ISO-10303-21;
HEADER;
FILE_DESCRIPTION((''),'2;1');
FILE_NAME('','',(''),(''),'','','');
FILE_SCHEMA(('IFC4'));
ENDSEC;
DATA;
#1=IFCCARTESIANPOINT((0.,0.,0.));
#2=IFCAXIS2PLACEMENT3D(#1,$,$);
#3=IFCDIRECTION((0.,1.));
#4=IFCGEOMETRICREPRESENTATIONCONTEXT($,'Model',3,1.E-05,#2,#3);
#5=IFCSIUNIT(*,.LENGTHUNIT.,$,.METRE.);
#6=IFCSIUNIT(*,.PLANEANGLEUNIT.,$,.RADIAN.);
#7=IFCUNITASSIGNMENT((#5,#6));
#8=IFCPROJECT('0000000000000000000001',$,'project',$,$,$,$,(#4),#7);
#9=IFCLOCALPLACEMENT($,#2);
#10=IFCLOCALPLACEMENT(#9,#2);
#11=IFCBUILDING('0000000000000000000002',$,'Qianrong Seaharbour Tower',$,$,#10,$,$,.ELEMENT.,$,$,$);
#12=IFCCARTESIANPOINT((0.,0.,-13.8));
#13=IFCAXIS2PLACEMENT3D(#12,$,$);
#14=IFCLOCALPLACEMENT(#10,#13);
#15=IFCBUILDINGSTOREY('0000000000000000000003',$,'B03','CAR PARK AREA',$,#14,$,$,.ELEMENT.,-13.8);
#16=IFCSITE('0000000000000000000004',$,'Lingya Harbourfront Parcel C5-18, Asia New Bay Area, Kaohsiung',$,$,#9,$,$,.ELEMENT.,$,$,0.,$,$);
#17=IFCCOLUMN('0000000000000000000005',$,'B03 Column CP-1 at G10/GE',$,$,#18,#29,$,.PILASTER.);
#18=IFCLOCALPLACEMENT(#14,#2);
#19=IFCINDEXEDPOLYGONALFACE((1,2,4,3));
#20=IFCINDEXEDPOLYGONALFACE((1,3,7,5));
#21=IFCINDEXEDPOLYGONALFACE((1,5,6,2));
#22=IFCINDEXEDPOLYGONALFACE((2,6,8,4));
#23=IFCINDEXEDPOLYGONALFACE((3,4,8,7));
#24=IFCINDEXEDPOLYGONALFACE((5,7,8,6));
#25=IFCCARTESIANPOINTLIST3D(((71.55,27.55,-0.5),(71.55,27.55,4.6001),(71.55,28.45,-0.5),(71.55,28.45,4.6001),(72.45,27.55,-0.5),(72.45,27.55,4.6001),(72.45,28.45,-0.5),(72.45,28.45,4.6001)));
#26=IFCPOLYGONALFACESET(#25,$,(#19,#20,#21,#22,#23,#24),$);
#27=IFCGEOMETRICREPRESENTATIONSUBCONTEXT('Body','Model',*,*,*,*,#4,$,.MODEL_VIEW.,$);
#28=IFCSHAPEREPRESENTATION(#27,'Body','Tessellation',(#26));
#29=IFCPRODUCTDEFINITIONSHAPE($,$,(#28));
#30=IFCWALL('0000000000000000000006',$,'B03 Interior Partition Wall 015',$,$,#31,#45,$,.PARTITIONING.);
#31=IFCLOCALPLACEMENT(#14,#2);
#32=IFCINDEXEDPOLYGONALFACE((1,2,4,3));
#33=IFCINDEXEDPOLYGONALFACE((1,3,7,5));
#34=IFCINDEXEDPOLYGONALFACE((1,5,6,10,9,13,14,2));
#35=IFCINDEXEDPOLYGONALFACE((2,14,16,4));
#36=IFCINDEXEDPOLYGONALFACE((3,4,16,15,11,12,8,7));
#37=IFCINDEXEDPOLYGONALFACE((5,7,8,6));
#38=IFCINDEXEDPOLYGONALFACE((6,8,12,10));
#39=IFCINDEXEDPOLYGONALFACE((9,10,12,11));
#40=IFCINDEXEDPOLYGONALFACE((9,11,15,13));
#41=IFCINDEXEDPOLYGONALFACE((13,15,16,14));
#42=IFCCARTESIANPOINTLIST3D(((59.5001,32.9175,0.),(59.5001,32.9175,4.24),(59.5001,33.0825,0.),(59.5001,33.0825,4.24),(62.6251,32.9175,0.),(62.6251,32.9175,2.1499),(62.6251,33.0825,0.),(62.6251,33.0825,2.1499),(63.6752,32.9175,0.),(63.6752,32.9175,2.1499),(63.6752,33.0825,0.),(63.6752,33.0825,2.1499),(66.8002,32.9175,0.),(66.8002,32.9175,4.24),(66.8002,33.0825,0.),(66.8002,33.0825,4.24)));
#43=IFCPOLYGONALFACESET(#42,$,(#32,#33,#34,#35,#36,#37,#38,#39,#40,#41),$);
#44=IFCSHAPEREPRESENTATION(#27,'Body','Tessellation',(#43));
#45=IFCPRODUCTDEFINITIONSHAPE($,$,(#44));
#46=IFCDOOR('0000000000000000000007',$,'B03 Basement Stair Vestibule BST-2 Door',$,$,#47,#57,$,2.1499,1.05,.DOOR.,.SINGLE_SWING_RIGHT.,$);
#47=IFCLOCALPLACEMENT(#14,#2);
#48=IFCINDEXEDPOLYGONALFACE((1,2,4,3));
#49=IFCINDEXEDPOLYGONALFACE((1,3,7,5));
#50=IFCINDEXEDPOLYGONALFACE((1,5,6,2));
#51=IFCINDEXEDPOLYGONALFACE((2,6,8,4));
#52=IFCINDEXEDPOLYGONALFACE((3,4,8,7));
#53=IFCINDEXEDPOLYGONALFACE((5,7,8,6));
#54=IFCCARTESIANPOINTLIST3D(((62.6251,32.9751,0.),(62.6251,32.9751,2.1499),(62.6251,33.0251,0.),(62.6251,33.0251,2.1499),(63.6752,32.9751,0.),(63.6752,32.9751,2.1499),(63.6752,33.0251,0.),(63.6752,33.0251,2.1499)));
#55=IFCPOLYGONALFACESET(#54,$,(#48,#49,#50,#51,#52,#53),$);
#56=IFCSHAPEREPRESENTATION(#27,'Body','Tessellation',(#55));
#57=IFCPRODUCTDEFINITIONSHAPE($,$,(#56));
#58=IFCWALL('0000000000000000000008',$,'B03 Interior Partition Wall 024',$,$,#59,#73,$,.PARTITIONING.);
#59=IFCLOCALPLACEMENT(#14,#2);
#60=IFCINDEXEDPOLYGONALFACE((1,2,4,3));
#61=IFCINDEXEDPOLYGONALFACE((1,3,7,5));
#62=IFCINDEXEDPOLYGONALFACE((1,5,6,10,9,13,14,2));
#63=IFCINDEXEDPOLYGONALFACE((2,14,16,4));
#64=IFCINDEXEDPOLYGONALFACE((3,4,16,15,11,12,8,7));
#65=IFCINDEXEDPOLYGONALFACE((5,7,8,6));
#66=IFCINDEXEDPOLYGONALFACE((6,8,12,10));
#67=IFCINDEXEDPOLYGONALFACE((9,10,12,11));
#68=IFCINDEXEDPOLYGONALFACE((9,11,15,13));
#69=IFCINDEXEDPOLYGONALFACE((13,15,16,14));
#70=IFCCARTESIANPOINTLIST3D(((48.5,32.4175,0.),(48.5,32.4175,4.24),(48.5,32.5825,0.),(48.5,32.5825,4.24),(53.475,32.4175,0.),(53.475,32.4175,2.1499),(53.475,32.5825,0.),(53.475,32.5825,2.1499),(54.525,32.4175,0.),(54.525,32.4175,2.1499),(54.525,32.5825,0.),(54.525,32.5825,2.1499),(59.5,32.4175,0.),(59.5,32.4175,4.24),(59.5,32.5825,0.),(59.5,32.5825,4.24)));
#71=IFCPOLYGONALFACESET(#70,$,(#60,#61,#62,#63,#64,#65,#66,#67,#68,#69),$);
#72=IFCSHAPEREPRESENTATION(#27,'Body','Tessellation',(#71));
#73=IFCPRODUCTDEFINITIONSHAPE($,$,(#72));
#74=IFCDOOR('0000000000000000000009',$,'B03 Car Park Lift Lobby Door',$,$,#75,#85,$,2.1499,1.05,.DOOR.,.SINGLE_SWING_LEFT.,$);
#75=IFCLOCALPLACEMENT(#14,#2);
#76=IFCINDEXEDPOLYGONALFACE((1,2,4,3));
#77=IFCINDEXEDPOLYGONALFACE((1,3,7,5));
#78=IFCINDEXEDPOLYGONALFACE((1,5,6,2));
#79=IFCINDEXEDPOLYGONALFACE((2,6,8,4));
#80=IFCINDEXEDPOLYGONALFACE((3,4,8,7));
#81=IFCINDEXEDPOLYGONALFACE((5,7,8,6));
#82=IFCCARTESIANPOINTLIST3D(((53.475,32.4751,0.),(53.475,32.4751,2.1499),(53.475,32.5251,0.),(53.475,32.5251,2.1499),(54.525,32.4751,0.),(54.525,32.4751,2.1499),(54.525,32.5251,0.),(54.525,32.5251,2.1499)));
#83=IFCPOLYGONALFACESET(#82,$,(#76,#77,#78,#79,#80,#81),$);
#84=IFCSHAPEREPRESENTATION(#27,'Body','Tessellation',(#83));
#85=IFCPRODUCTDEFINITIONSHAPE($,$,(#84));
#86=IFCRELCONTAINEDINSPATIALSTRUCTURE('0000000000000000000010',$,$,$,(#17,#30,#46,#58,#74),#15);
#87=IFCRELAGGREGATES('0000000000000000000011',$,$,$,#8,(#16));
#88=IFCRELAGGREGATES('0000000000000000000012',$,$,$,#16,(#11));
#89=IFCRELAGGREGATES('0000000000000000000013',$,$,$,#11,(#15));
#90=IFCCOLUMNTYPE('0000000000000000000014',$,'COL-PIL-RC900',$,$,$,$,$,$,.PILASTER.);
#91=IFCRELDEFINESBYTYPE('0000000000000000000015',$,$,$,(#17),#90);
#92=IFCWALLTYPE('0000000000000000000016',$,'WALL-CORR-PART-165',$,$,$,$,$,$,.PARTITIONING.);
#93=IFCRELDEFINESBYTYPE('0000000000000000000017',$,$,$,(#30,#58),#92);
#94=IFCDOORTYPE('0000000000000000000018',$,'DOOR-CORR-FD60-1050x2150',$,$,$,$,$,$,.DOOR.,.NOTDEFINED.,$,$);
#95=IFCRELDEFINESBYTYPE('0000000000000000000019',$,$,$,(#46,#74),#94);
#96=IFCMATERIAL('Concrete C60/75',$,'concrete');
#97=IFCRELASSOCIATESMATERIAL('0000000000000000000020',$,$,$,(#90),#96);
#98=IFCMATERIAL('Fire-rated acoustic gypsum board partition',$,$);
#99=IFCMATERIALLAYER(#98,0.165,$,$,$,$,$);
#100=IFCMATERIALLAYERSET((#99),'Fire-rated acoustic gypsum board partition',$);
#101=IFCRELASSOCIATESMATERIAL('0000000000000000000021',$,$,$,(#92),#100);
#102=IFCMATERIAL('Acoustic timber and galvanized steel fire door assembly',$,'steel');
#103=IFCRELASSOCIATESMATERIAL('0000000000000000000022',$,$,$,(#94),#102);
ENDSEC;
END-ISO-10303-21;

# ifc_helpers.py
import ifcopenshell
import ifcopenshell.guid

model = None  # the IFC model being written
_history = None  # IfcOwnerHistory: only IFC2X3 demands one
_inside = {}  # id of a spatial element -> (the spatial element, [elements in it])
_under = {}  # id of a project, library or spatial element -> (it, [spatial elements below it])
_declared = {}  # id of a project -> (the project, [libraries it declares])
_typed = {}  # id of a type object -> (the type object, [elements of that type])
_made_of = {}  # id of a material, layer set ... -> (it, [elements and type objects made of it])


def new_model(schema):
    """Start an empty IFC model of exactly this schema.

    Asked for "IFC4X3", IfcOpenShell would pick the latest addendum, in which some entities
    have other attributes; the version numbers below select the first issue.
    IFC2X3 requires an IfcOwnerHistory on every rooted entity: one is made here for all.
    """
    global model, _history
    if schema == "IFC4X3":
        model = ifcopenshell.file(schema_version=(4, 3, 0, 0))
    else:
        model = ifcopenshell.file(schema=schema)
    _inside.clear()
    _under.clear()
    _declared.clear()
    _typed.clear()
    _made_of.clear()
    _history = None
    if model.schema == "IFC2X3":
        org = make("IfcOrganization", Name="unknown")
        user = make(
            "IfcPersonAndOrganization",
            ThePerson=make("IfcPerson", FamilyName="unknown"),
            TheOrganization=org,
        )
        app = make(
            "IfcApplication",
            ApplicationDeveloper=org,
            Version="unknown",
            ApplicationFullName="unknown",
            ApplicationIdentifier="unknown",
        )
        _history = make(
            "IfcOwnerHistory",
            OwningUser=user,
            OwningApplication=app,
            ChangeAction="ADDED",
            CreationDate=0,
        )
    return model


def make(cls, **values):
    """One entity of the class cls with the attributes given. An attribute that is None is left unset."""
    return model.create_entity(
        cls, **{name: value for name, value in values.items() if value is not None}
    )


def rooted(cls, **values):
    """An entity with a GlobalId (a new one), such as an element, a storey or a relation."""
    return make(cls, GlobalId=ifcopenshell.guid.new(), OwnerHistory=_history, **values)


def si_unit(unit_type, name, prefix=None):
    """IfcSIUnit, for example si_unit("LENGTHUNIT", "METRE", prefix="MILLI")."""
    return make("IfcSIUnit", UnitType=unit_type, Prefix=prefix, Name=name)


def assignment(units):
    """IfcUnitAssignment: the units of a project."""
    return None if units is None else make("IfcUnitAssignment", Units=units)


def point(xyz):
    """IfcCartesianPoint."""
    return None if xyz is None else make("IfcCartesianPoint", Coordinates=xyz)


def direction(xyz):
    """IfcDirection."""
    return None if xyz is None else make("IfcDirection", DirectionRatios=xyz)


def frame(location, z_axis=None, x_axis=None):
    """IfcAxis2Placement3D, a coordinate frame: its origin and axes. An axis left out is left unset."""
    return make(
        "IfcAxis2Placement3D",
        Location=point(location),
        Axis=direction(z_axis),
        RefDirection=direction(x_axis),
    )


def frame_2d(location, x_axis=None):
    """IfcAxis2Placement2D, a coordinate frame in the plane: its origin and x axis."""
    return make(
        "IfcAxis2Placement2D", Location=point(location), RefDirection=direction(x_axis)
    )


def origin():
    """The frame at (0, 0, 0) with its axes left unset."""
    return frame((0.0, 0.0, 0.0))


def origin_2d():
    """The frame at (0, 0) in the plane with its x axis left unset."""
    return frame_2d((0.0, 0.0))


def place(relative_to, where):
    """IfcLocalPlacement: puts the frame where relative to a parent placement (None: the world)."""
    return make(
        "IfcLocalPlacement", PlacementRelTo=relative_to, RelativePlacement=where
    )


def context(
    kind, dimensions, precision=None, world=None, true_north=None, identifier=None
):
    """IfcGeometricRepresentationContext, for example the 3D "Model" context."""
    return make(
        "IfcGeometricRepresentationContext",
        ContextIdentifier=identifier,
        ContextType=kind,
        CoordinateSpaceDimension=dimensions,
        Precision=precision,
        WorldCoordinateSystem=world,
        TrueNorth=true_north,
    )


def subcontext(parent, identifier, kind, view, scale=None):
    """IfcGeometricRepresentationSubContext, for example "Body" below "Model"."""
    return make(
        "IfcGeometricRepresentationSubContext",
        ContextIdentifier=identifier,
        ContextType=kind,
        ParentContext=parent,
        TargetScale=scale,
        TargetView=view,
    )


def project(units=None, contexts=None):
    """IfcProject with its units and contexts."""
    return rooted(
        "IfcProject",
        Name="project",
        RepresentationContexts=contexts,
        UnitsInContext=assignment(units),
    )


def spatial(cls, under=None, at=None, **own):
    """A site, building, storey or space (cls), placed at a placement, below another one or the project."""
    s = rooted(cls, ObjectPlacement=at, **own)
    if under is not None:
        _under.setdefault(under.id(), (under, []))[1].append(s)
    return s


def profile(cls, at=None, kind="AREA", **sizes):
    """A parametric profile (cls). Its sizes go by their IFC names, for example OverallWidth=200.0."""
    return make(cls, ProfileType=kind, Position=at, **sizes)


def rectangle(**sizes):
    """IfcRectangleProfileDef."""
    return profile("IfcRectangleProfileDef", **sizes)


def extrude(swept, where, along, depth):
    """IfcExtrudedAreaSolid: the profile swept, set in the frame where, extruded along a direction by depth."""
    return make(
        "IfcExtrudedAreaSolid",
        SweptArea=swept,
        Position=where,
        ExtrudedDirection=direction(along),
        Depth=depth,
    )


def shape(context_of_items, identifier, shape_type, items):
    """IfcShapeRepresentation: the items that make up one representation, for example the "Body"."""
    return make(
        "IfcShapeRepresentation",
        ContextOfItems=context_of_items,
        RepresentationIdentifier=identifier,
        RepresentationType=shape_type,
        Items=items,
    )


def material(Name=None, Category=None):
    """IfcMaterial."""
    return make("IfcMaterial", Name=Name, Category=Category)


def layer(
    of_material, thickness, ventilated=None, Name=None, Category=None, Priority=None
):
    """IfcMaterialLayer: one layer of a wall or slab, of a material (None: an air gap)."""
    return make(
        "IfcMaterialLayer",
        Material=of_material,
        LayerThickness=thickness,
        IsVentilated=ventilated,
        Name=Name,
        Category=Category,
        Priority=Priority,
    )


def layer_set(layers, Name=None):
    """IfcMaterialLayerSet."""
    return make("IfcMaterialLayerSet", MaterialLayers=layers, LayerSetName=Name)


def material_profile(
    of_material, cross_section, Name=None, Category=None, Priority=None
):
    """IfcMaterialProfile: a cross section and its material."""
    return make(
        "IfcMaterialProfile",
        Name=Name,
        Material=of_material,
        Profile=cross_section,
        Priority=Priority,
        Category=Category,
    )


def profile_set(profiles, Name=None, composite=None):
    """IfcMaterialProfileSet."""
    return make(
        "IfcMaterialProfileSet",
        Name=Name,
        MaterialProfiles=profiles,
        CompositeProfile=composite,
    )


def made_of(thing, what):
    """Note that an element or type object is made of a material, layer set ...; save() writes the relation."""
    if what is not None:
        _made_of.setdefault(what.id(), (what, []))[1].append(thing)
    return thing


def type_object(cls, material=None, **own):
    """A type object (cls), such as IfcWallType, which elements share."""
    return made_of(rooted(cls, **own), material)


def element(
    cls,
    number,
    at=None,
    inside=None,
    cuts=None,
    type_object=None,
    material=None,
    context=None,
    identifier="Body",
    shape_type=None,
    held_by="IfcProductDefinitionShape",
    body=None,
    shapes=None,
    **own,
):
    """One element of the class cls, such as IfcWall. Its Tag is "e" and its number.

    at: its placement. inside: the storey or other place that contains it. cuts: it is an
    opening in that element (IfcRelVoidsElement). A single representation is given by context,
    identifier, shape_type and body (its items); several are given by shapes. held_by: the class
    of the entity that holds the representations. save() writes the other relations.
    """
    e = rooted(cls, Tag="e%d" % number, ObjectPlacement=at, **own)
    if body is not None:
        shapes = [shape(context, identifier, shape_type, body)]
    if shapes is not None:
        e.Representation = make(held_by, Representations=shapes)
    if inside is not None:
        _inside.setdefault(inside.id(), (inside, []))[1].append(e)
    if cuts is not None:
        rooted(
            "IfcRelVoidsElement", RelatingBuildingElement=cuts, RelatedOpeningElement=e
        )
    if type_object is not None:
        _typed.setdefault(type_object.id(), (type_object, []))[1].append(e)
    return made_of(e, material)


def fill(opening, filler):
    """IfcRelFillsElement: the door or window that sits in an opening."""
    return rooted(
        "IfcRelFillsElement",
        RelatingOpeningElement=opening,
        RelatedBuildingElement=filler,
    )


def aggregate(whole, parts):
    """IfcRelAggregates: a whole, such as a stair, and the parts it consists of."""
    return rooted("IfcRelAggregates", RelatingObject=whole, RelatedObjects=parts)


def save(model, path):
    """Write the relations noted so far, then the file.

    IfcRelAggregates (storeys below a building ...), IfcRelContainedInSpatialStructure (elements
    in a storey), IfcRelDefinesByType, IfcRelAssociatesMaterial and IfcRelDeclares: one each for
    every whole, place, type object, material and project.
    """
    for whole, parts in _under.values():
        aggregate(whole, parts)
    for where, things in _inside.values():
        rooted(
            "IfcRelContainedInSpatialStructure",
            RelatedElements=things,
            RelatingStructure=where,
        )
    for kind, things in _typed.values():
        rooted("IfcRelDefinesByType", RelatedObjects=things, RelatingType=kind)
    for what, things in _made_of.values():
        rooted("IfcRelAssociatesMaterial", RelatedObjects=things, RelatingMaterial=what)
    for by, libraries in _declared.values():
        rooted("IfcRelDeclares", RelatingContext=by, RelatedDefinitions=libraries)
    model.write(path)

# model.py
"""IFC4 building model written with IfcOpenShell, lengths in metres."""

from ifc_helpers import new_model, si_unit, direction, frame, frame_2d, origin, origin_2d, place, context, subcontext, project, spatial, rectangle, extrude, material, layer, layer_set, material_profile, profile_set, type_object, element, fill, save


model = new_model("IFC4")

# Units and contexts
model_context = context("Model", 3, precision=1e-05, world=origin(), true_north=direction((0.0, 1.0)))
body_context = subcontext(model_context, "Body", "Model", "MODEL_VIEW")
ifc_project = project(units=[si_unit("LENGTHUNIT", "METRE"), si_unit("PLANEANGLEUNIT", "RADIAN")], contexts=[model_context])

# Site, building, storey
site_placement = place(None, origin())
site = spatial("IfcSite", under=ifc_project, at=site_placement, Name="Lingya Harbourfront Parcel C5-18, Asia New Bay Area, Kaohsiung", CompositionType="ELEMENT", RefElevation=0.0)
building_placement = place(site_placement, origin())
building = spatial("IfcBuilding", under=site, at=building_placement, Name="Qianrong Seaharbour Tower", CompositionType="ELEMENT")
storey_placement = place(building_placement, frame((0.0, 0.0, -13.8)))
storey = spatial("IfcBuildingStorey", under=building, at=storey_placement, Name="B03", Description="CAR PARK AREA", CompositionType="ELEMENT", Elevation=-13.8)

# Column
ifc_material_1 = material(Name="Concrete C60/75", Category="concrete")
ifc_material_profile_1 = material_profile(ifc_material_1, rectangle(XDim=0.8999, YDim=0.8999, at=origin_2d()), Name="RC900x900")
ifc_profile_set_1 = profile_set([ifc_material_profile_1], Name="Concrete C60/75")
column_type_1 = type_object("IfcColumnType", Name="COL-PIL-RC900", PredefinedType="PILASTER", material=ifc_profile_set_1)
for number, where, z_axis, x_axis, name in (
    (1, (72.0, 28.0, -0.5), (0.0, 0.0, 1.0), (1.0, 0.0, 0.0), "B03 Column CP-1 at G10/GE"),
):
    element("IfcColumn", number, at=place(storey_placement, frame(where, z_axis=z_axis, x_axis=x_axis)), inside=storey, type_object=column_type_1, Name=name, PredefinedType="PILASTER", context=body_context, shape_type="SweptSolid", body=[
        extrude(rectangle(XDim=0.8999, YDim=0.8999, at=origin_2d()), origin(), (0.0, 0.0, 1.0), 5.1001),
    ])

# Walls, openings, doors
ifc_material_2 = material(Name="Fire-rated acoustic gypsum board partition")
ifc_layer = layer(ifc_material_2, 0.165)
ifc_layer_set = layer_set([ifc_layer], Name="Fire-rated acoustic gypsum board partition")
wall_type = type_object("IfcWallType", Name="WALL-CORR-PART-165", PredefinedType="PARTITIONING", material=ifc_layer_set)
ifc_material_3 = material(Name="Acoustic timber and galvanized steel fire door assembly", Category="steel")
door_type = type_object("IfcDoorType", Name="DOOR-CORR-FD60-1050x2150", OperationType="NOTDEFINED", PredefinedType="DOOR", material=ifc_material_3)
wall_1_placement = place(storey_placement, frame((66.8, 33.0, 0.0), z_axis=(0.0, 0.0, 1.0), x_axis=(-1.0, 0.0, 0.0)))
wall_1 = element("IfcWall", 2, at=wall_1_placement, inside=storey, type_object=wall_type, Name="B03 Interior Partition Wall 015", PredefinedType="PARTITIONING", context=body_context, shape_type="SweptSolid", body=[
    extrude(rectangle(XDim=7.3, YDim=0.165, at=frame_2d((3.6499, 0.0))), origin(), (0.0, 0.0, 1.0), 4.24),
])
opening_1_placement = place(wall_1_placement, frame((3.125, 0.0, 0.0)))
opening_1 = element("IfcOpeningElement", 3, at=opening_1_placement, cuts=wall_1, PredefinedType="OPENING", context=body_context, shape_type="SweptSolid", body=[
    extrude(rectangle(XDim=1.05, YDim=2.1499, at=frame_2d((0.5249, 1.075))), frame((0.0, 0.0925, 0.0), z_axis=(0.0, -1.0, 0.0), x_axis=(1.0, 0.0, 0.0)), (0.0, 0.0, 1.0), 0.1851),
])
door_1_placement = place(opening_1_placement, origin())
door_1 = element("IfcDoor", 4, at=door_1_placement, inside=storey, type_object=door_type, Name="B03 Basement Stair Vestibule BST-2 Door", OperationType="SINGLE_SWING_RIGHT", OverallHeight=2.1499, OverallWidth=1.05, PredefinedType="DOOR", context=body_context, shape_type="SweptSolid", body=[
    extrude(rectangle(XDim=1.05, YDim=2.1499, at=frame_2d((0.5249, 1.075))), frame((0.0, 0.0249, 0.0), z_axis=(0.0, -1.0, 0.0), x_axis=(1.0, 0.0, 0.0)), (0.0, 0.0, 1.0), 0.05),
])
fill(opening_1, door_1)
wall_2_placement = place(storey_placement, frame((59.5, 32.5, 0.0), z_axis=(0.0, 0.0, 1.0), x_axis=(-1.0, 0.0, 0.0)))
wall_2 = element("IfcWall", 5, at=wall_2_placement, inside=storey, type_object=wall_type, Name="B03 Interior Partition Wall 024", PredefinedType="PARTITIONING", context=body_context, shape_type="SweptSolid", body=[
    extrude(rectangle(XDim=11.0, YDim=0.165, at=frame_2d((5.5, 0.0))), origin(), (0.0, 0.0, 1.0), 4.24),
])
opening_2_placement = place(wall_2_placement, frame((4.9751, 0.0, 0.0)))
opening_2 = element("IfcOpeningElement", 6, at=opening_2_placement, cuts=wall_2, PredefinedType="OPENING", context=body_context, shape_type="SweptSolid", body=[
    extrude(rectangle(XDim=1.05, YDim=2.1499, at=frame_2d((0.5249, 1.075))), frame((0.0, 0.0925, 0.0), z_axis=(0.0, -1.0, 0.0), x_axis=(1.0, 0.0, 0.0)), (0.0, 0.0, 1.0), 0.1851),
])
door_2_placement = place(opening_2_placement, origin())
door_2 = element("IfcDoor", 7, at=door_2_placement, inside=storey, type_object=door_type, Name="B03 Car Park Lift Lobby Door", OperationType="SINGLE_SWING_LEFT", OverallHeight=2.1499, OverallWidth=1.05, PredefinedType="DOOR", context=body_context, shape_type="SweptSolid", body=[
    extrude(rectangle(XDim=1.05, YDim=2.1499, at=frame_2d((0.5249, 1.075))), frame((0.0, 0.0249, 0.0), z_axis=(0.0, -1.0, 0.0), x_axis=(1.0, 0.0, 0.0)), (0.0, 0.0, 1.0), 0.05),
])
fill(opening_2, door_2)

save(model, "model.ifc")
